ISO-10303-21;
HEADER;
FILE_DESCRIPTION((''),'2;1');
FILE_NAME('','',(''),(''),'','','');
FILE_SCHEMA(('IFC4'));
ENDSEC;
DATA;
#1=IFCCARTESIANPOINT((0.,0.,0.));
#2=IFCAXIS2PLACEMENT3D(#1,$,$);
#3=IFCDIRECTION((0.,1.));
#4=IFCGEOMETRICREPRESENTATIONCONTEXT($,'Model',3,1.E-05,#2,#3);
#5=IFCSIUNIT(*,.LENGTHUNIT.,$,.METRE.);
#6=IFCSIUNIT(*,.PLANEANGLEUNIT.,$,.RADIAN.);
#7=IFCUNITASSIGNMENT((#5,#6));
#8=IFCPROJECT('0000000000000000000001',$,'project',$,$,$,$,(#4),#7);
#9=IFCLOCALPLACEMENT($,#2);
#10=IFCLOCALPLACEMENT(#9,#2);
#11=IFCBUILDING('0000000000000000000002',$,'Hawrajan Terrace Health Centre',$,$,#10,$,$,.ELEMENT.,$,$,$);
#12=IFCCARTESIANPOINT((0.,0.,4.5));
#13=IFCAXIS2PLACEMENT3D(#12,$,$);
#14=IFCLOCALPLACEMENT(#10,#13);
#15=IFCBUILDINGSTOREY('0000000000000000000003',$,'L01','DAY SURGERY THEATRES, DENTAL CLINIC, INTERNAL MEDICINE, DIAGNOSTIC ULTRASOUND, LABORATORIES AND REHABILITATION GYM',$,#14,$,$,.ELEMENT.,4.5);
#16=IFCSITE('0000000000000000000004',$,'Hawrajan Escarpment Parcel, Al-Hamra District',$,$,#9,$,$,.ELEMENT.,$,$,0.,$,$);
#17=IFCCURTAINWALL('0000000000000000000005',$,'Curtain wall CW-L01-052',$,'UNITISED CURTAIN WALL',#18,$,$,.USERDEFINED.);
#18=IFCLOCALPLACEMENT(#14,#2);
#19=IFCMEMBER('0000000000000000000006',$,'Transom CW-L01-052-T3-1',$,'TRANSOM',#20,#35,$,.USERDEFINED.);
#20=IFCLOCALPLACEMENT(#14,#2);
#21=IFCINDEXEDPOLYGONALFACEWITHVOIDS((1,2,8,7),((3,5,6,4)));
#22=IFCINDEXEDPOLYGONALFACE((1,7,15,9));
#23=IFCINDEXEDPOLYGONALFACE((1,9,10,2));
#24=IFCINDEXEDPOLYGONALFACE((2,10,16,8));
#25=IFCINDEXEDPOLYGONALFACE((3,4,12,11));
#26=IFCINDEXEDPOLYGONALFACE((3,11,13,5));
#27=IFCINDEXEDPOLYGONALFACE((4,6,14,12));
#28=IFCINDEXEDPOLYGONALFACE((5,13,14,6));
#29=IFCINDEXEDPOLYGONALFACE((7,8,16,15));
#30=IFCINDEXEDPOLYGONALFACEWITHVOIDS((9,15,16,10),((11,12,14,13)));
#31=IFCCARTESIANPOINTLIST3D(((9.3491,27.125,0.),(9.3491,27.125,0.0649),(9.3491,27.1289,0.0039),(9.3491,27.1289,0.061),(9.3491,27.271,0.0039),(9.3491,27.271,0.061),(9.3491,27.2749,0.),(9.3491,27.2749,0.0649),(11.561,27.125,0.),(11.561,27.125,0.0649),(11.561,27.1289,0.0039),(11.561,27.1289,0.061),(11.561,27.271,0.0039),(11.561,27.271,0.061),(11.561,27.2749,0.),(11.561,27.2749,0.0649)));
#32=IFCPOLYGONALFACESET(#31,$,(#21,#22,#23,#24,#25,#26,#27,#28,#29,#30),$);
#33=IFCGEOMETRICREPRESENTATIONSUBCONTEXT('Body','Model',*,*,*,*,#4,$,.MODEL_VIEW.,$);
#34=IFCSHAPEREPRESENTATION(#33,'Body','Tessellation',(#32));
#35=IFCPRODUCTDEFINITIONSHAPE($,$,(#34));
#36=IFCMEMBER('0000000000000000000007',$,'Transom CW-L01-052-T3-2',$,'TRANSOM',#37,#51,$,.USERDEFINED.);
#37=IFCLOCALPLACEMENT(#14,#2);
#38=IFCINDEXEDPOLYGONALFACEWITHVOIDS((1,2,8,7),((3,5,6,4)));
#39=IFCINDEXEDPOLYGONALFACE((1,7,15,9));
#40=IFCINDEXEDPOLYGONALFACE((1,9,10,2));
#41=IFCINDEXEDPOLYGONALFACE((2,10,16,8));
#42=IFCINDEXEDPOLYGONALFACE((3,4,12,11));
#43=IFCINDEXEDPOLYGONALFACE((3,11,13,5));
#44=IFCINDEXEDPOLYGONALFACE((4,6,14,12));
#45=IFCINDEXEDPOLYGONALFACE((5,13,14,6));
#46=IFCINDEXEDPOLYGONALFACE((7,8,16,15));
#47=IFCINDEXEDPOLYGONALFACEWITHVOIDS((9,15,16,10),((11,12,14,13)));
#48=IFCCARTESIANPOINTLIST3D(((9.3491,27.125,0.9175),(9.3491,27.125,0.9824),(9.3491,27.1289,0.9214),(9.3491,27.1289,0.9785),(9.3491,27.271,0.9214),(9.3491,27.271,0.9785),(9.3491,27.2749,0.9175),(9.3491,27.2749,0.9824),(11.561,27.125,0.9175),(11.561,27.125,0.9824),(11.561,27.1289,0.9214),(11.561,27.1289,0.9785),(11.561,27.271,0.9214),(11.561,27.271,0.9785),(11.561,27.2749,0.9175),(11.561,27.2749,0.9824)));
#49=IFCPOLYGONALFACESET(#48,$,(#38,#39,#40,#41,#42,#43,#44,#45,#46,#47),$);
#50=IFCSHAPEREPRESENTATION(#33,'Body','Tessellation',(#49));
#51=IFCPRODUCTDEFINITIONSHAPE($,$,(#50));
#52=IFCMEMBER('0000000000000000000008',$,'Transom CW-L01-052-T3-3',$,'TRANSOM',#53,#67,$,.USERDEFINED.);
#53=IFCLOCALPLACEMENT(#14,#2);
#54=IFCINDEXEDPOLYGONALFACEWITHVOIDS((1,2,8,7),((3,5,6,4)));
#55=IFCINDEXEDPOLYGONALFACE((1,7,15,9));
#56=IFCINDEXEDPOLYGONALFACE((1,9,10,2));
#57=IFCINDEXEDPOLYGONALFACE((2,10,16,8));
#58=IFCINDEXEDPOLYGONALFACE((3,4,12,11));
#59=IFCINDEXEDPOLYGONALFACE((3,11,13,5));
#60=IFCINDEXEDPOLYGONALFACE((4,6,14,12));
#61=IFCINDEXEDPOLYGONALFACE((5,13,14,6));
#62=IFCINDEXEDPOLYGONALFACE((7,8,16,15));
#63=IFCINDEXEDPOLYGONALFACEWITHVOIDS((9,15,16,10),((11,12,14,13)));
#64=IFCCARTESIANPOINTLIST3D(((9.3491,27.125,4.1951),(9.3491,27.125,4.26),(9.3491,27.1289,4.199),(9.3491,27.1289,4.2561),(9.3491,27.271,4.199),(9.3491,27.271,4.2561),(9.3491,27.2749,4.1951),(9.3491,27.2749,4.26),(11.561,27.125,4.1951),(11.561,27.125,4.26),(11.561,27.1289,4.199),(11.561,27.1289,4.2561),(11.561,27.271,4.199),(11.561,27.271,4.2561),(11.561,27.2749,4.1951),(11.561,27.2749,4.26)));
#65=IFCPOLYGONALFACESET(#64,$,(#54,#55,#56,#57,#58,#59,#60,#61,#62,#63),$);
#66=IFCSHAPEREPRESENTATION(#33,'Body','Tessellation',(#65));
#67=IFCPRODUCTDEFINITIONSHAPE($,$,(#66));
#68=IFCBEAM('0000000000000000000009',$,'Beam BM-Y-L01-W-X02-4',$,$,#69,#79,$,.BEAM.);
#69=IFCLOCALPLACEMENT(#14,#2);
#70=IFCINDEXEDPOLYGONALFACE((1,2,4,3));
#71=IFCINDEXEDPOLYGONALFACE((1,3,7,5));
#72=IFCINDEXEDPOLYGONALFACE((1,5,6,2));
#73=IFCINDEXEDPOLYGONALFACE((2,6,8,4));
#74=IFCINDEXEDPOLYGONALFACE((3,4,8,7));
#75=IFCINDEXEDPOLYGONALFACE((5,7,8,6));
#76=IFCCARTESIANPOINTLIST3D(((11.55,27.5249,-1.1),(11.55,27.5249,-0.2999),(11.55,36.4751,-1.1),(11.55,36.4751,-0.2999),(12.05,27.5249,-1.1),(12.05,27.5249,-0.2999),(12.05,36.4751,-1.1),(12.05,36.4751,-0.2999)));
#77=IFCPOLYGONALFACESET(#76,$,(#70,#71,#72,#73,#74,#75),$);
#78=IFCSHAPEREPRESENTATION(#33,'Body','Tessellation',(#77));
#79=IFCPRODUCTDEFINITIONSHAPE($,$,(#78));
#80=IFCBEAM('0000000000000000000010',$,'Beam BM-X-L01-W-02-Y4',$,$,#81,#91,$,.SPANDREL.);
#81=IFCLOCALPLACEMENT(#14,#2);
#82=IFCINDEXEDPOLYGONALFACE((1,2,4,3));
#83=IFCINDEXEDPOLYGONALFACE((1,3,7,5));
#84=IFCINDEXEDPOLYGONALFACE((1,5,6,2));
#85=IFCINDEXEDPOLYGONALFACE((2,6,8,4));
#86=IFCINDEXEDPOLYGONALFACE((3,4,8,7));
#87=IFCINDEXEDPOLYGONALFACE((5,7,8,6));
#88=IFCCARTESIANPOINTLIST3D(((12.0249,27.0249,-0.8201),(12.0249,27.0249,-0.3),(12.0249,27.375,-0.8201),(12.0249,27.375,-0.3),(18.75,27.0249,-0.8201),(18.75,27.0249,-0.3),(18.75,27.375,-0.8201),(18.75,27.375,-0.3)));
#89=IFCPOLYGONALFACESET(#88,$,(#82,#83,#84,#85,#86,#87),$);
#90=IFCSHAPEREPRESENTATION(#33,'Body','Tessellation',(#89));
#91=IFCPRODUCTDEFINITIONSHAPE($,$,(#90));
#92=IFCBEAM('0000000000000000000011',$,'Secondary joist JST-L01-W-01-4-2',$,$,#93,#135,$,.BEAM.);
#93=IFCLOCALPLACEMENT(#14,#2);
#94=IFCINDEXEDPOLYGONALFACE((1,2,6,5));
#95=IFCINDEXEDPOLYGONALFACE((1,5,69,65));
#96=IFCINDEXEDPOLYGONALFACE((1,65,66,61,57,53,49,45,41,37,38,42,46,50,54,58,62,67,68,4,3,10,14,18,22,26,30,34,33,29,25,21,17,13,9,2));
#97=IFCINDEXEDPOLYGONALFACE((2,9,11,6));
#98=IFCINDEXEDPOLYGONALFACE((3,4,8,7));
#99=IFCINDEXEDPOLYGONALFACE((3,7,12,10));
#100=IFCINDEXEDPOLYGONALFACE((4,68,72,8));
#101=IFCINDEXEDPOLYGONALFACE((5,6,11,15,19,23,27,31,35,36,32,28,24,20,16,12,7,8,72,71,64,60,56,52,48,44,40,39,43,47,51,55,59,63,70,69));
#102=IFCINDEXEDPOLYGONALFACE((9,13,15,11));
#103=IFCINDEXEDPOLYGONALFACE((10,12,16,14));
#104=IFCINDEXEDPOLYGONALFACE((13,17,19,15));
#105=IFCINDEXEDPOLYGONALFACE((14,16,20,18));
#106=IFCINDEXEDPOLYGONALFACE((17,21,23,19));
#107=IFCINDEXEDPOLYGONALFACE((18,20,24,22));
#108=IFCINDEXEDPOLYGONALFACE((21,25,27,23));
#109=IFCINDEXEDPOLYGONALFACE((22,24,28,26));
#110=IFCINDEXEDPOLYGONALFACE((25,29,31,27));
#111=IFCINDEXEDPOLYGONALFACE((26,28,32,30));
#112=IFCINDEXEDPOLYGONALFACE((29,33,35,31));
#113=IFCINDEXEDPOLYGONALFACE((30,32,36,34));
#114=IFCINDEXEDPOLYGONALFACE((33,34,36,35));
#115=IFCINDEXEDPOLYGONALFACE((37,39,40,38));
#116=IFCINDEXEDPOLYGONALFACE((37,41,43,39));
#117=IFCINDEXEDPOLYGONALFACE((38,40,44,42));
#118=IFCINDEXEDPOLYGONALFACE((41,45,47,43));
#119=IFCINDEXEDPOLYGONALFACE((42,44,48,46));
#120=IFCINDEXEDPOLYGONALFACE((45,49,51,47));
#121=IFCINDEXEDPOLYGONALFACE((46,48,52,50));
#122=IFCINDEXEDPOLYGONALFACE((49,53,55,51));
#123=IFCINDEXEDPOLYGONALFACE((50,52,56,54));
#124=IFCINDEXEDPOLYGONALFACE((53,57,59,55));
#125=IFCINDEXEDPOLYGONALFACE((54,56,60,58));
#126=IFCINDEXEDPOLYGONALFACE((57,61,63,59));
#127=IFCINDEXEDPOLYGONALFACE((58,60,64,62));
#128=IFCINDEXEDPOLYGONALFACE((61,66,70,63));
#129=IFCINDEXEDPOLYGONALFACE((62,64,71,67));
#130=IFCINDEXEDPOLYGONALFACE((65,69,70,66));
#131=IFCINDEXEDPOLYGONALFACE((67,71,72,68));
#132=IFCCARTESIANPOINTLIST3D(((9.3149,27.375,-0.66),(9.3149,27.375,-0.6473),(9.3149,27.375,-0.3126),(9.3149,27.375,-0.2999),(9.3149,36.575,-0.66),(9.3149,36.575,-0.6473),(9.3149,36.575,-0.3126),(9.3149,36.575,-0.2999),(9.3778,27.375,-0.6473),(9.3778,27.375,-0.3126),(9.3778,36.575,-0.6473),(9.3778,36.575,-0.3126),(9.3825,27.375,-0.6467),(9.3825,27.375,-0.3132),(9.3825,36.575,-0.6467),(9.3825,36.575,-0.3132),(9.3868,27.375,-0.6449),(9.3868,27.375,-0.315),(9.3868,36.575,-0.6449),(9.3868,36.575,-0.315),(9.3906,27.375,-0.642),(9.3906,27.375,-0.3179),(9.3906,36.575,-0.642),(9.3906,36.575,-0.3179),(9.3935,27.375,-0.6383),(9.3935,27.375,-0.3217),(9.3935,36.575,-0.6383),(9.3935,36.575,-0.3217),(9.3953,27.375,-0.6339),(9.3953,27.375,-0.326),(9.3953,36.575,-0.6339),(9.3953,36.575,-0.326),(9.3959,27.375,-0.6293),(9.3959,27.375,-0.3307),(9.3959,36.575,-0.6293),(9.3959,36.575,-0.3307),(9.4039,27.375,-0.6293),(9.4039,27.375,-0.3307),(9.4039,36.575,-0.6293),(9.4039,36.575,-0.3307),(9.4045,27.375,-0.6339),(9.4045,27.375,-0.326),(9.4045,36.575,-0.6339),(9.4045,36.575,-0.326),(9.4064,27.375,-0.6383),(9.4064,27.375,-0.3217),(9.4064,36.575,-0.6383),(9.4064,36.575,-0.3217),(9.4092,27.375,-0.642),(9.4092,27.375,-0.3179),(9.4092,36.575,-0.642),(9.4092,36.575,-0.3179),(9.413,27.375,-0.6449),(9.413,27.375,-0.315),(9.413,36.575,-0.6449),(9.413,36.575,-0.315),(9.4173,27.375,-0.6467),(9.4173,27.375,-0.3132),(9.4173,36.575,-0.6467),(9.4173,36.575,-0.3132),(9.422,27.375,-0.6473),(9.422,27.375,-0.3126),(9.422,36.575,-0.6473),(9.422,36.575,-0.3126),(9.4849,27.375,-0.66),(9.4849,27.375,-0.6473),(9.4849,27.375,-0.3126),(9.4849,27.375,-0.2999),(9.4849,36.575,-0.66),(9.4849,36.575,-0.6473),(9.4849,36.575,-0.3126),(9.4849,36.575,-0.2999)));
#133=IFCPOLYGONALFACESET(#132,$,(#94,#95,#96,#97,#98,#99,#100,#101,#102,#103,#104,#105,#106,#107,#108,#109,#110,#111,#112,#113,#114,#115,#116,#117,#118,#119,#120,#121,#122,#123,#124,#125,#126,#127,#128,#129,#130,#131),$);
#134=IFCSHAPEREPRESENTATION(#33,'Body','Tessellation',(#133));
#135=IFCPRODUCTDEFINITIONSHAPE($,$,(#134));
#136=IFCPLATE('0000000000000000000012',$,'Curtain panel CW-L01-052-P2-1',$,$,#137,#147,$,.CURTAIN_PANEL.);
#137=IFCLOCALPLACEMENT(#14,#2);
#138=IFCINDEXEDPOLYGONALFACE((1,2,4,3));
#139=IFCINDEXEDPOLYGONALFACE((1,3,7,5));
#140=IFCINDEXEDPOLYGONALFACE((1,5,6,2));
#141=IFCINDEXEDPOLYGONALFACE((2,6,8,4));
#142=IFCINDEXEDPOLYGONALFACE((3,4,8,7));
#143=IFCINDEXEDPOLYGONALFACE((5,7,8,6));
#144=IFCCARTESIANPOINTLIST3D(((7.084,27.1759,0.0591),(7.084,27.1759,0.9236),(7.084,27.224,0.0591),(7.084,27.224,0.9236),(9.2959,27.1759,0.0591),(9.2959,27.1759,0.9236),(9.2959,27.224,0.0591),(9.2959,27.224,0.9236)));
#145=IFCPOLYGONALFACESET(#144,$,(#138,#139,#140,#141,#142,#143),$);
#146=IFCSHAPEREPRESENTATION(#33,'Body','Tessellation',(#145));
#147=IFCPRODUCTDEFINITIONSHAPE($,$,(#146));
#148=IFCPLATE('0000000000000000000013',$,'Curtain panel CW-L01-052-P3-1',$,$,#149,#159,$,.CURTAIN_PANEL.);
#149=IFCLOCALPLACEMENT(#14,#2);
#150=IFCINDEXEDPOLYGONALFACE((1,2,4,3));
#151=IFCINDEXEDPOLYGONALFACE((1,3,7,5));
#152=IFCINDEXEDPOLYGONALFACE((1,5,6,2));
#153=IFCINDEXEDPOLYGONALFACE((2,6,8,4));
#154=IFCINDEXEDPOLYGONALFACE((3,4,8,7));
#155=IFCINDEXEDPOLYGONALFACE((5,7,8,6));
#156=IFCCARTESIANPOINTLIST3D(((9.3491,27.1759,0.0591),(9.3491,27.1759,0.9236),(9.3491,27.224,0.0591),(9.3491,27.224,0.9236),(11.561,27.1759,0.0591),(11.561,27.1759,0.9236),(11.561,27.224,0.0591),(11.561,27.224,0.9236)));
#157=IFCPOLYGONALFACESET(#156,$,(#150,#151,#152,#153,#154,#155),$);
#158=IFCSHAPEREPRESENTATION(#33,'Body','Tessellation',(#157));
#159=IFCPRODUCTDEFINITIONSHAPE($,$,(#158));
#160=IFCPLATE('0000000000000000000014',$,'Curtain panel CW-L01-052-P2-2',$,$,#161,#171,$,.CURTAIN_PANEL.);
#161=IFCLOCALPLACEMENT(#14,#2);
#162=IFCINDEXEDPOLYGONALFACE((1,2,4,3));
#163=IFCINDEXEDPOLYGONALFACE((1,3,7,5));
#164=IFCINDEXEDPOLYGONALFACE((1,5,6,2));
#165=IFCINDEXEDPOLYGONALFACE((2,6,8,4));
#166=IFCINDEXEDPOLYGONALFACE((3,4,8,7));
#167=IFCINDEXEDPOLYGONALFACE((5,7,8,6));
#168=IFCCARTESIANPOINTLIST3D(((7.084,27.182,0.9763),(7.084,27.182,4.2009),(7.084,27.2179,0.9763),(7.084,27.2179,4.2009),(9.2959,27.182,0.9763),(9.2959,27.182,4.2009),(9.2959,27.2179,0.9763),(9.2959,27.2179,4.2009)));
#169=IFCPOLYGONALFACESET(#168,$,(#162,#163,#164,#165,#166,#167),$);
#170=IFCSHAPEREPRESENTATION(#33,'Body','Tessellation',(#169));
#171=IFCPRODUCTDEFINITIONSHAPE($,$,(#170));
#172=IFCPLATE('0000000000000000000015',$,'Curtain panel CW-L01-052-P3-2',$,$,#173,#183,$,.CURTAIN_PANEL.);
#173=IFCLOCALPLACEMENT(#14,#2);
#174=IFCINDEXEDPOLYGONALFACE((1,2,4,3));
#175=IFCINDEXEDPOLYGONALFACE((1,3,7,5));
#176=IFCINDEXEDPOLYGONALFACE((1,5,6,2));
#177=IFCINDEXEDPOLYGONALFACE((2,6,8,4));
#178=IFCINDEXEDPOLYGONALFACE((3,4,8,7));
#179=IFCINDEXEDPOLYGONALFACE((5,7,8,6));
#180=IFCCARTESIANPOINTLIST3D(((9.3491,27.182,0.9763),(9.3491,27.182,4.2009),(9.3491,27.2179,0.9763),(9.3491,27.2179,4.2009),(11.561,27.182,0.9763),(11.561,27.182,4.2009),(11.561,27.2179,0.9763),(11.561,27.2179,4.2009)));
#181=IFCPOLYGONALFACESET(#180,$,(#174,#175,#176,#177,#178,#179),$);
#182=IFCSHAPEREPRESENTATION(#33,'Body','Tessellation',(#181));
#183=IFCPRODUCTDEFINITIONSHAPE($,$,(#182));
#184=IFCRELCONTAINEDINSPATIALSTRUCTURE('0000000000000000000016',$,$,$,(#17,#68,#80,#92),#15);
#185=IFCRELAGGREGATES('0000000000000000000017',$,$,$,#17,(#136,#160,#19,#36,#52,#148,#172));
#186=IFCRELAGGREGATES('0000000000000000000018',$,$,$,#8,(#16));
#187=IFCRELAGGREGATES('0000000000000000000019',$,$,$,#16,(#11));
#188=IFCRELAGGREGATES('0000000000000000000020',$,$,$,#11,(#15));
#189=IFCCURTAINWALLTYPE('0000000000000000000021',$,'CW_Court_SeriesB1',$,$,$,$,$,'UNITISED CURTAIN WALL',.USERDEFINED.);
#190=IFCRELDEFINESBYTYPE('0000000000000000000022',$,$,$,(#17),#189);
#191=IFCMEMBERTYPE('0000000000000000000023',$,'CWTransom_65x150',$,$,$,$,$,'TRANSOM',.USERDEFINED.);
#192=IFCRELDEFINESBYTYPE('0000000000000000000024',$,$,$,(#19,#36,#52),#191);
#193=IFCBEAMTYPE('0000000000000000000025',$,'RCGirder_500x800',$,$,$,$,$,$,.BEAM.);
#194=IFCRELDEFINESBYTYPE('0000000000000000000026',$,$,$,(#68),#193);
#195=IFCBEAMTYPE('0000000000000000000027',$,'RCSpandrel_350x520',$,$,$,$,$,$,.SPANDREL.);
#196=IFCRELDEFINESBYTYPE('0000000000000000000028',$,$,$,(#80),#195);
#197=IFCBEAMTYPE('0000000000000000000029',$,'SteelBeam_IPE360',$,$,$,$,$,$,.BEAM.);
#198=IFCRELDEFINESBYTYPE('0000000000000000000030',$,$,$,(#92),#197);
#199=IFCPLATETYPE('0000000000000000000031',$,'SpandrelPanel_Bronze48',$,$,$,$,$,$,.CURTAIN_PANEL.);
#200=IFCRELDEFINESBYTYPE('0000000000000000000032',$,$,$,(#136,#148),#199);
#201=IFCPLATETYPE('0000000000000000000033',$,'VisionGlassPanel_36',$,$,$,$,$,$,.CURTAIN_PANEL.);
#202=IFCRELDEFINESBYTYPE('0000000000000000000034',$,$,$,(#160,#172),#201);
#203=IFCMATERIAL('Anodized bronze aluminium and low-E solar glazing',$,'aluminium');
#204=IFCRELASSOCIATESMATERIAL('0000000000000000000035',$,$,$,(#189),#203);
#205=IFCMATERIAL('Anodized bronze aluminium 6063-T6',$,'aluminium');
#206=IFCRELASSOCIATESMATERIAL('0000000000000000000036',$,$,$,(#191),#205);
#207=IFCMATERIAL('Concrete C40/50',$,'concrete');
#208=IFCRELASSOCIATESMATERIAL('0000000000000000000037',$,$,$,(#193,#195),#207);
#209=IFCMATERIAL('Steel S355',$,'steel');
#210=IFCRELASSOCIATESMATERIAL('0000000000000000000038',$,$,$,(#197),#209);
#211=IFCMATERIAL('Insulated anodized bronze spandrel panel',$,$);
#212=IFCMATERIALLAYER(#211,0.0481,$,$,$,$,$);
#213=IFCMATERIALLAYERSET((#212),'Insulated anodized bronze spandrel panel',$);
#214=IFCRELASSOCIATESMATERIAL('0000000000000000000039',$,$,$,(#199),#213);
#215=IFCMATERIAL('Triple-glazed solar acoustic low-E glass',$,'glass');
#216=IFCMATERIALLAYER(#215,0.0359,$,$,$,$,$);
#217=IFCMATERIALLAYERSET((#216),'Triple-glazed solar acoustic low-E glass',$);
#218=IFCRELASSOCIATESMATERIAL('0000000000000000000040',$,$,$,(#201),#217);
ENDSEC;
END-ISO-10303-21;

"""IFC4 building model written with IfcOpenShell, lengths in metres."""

from ifc_helpers import new_model, si_unit, direction, frame, origin, origin_2d, place, context, subcontext, project, spatial, rectangle, hollow_rectangle, i_section, extrude, material, layer, layer_set, material_profile, profile_set, type_object, element, aggregate, save


model = new_model("IFC4")

# Units and contexts
model_context = context("Model", 3, precision=1e-05, world=origin(), true_north=direction((0.0, 1.0)))
body_context = subcontext(model_context, "Body", "Model", "MODEL_VIEW")
ifc_project = project(units=[si_unit("LENGTHUNIT", "METRE"), si_unit("PLANEANGLEUNIT", "RADIAN")], contexts=[model_context])

# Site, building, storey
site_placement = place(None, origin())
site = spatial("IfcSite", under=ifc_project, at=site_placement, Name="Hawrajan Escarpment Parcel, Al-Hamra District", CompositionType="ELEMENT", RefElevation=0.0)
building_placement = place(site_placement, origin())
building = spatial("IfcBuilding", under=site, at=building_placement, Name="Hawrajan Terrace Health Centre", CompositionType="ELEMENT")
storey_placement = place(building_placement, frame((0.0, 0.0, 4.5)))
storey = spatial("IfcBuildingStorey", under=building, at=storey_placement, Name="L01", Description="DAY SURGERY THEATRES, DENTAL CLINIC, INTERNAL MEDICINE, DIAGNOSTIC ULTRASOUND, LABORATORIES AND REHABILITATION GYM", CompositionType="ELEMENT", Elevation=4.5)

# Shared definitions
ifc_material_1 = material(Name="Anodized bronze aluminium and low-E solar glazing", Category="aluminium")
ifc_material_2 = material(Name="Anodized bronze aluminium 6063-T6", Category="aluminium")

# Curtain wall
curtain_wall_type_1 = type_object("IfcCurtainWallType", Name="CW_Court_SeriesB1", ElementType="UNITISED CURTAIN WALL", PredefinedType="USERDEFINED", material=ifc_material_1)
curtain_wall_1_placement = place(storey_placement, origin())
curtain_wall_1 = element("IfcCurtainWall", 1, at=curtain_wall_1_placement, inside=storey, type_object=curtain_wall_type_1, Name="Curtain wall CW-L01-052", ObjectType="UNITISED CURTAIN WALL", PredefinedType="USERDEFINED")

# Members
ifc_material_profile_1 = material_profile(ifc_material_2, hollow_rectangle(XDim=0.0649, YDim=0.1499, WallThickness=0.0039, at=origin_2d()), Name="CW TRN 65x150")
ifc_profile_set_1 = profile_set([ifc_material_profile_1], Name="Anodized bronze aluminium 6063-T6")
member_type_1 = type_object("IfcMemberType", Name="CWTransom_65x150", ElementType="TRANSOM", PredefinedType="USERDEFINED", material=ifc_profile_set_1)
member_1_placement = place(storey_placement, frame((9.3491, 27.2, 0.0325), z_axis=(1.0, 0.0, 0.0), x_axis=(0.0, 0.0, 1.0)))
member_1 = element("IfcMember", 2, at=member_1_placement, type_object=member_type_1, Name="Transom CW-L01-052-T3-1", ObjectType="TRANSOM", PredefinedType="USERDEFINED", context=body_context, shape_type="SweptSolid", body=[
    extrude(hollow_rectangle(XDim=0.0649, YDim=0.1499, WallThickness=0.0039, at=origin_2d()), origin(), (0.0, 0.0, 1.0), 2.2119),
])
member_2_placement = place(storey_placement, frame((9.3491, 27.2, 0.95), z_axis=(1.0, 0.0, 0.0), x_axis=(0.0, 0.0, 1.0)))
member_2 = element("IfcMember", 3, at=member_2_placement, type_object=member_type_1, Name="Transom CW-L01-052-T3-2", ObjectType="TRANSOM", PredefinedType="USERDEFINED", context=body_context, shape_type="SweptSolid", body=[
    extrude(hollow_rectangle(XDim=0.0649, YDim=0.1499, WallThickness=0.0039, at=origin_2d()), origin(), (0.0, 0.0, 1.0), 2.2119),
])
member_3_placement = place(storey_placement, frame((9.3491, 27.2, 4.2275), z_axis=(1.0, 0.0, 0.0), x_axis=(0.0, 0.0, 1.0)))
member_3 = element("IfcMember", 4, at=member_3_placement, type_object=member_type_1, Name="Transom CW-L01-052-T3-3", ObjectType="TRANSOM", PredefinedType="USERDEFINED", context=body_context, shape_type="SweptSolid", body=[
    extrude(hollow_rectangle(XDim=0.0649, YDim=0.1499, WallThickness=0.0039, at=origin_2d()), origin(), (0.0, 0.0, 1.0), 2.2119),
])

# Beams
ifc_material_3 = material(Name="Concrete C40/50", Category="concrete")
ifc_material_profile_2 = material_profile(ifc_material_3, rectangle(XDim=0.5, YDim=0.8, at=origin_2d()), Name="RC BM 500x800")
ifc_profile_set_2 = profile_set([ifc_material_profile_2], Name="Concrete C40/50")
beam_type_1 = type_object("IfcBeamType", Name="RCGirder_500x800", PredefinedType="BEAM", material=ifc_profile_set_2)
beam_1_placement = place(storey_placement, frame((11.8, 27.5249, -0.7), z_axis=(0.0, 1.0, 0.0), x_axis=(-1.0, 0.0, 0.0)))
element("IfcBeam", 5, at=beam_1_placement, inside=storey, type_object=beam_type_1, Name="Beam BM-Y-L01-W-X02-4", PredefinedType="BEAM", context=body_context, shape_type="SweptSolid", body=[
    extrude(rectangle(XDim=0.5, YDim=0.8, at=origin_2d()), origin(), (0.0, 0.0, 1.0), 8.9502),
])
ifc_material_profile_3 = material_profile(ifc_material_3, rectangle(XDim=0.3501, YDim=0.52, at=origin_2d()), Name="RC SP 350x520")
ifc_profile_set_3 = profile_set([ifc_material_profile_3], Name="Concrete C40/50")
beam_type_2 = type_object("IfcBeamType", Name="RCSpandrel_350x520", PredefinedType="SPANDREL", material=ifc_profile_set_3)
beam_2_placement = place(storey_placement, frame((12.0249, 27.2, -0.5601), z_axis=(1.0, 0.0, 0.0), x_axis=(0.0, 1.0, 0.0)))
element("IfcBeam", 6, at=beam_2_placement, inside=storey, type_object=beam_type_2, Name="Beam BM-X-L01-W-02-Y4", PredefinedType="SPANDREL", context=body_context, shape_type="SweptSolid", body=[
    extrude(rectangle(XDim=0.3501, YDim=0.52, at=origin_2d()), origin(), (0.0, 0.0, 1.0), 6.7251),
])
ifc_material_4 = material(Name="Steel S355", Category="steel")
ifc_material_profile_4 = material_profile(ifc_material_4, i_section(OverallWidth=0.1699, OverallDepth=0.3601, WebThickness=0.0081, FlangeThickness=0.0127, FilletRadius=0.0181, at=origin_2d()), Name="IPE 360")
ifc_profile_set_4 = profile_set([ifc_material_profile_4], Name="Steel S355")
beam_type_3 = type_object("IfcBeamType", Name="SteelBeam_IPE360", PredefinedType="BEAM", material=ifc_profile_set_4)
beam_3_placement = place(storey_placement, frame((9.3999, 27.375, -0.48), z_axis=(0.0, 1.0, 0.0), x_axis=(-1.0, 0.0, 0.0)))
element("IfcBeam", 7, at=beam_3_placement, inside=storey, type_object=beam_type_3, Name="Secondary joist JST-L01-W-01-4-2", PredefinedType="BEAM", context=body_context, shape_type="SweptSolid", body=[
    extrude(i_section(OverallWidth=0.1699, OverallDepth=0.3601, WebThickness=0.0081, FlangeThickness=0.0127, FilletRadius=0.0181, at=origin_2d()), origin(), (0.0, 0.0, 1.0), 9.2),
])

# Plates
ifc_material_5 = material(Name="Insulated anodized bronze spandrel panel")
ifc_layer_1 = layer(ifc_material_5, 0.0481)
ifc_layer_set_1 = layer_set([ifc_layer_1], Name="Insulated anodized bronze spandrel panel")
plate_type_1 = type_object("IfcPlateType", Name="SpandrelPanel_Bronze48", PredefinedType="CURTAIN_PANEL", material=ifc_layer_set_1)
plate_1_placement = place(storey_placement, frame((8.1899, 27.2, 0.0591), z_axis=(0.0, 0.0, 1.0), x_axis=(1.0, 0.0, 0.0)))
plate_1 = element("IfcPlate", 8, at=plate_1_placement, type_object=plate_type_1, Name="Curtain panel CW-L01-052-P2-1", PredefinedType="CURTAIN_PANEL", context=body_context, shape_type="SweptSolid", body=[
    extrude(rectangle(XDim=2.2119, YDim=0.0481, at=origin_2d()), origin(), (0.0, 0.0, 1.0), 0.8645),
])
plate_2_placement = place(storey_placement, frame((10.4551, 27.2, 0.0591), z_axis=(0.0, 0.0, 1.0), x_axis=(1.0, 0.0, 0.0)))
plate_2 = element("IfcPlate", 9, at=plate_2_placement, type_object=plate_type_1, Name="Curtain panel CW-L01-052-P3-1", PredefinedType="CURTAIN_PANEL", context=body_context, shape_type="SweptSolid", body=[
    extrude(rectangle(XDim=2.2119, YDim=0.0481, at=origin_2d()), origin(), (0.0, 0.0, 1.0), 0.8645),
])
ifc_material_6 = material(Name="Triple-glazed solar acoustic low-E glass", Category="glass")
ifc_layer_2 = layer(ifc_material_6, 0.0359)
ifc_layer_set_2 = layer_set([ifc_layer_2], Name="Triple-glazed solar acoustic low-E glass")
plate_type_2 = type_object("IfcPlateType", Name="VisionGlassPanel_36", PredefinedType="CURTAIN_PANEL", material=ifc_layer_set_2)
plate_3_placement = place(storey_placement, frame((8.1899, 27.2, 0.9763), z_axis=(0.0, 0.0, 1.0), x_axis=(1.0, 0.0, 0.0)))
plate_3 = element("IfcPlate", 10, at=plate_3_placement, type_object=plate_type_2, Name="Curtain panel CW-L01-052-P2-2", PredefinedType="CURTAIN_PANEL", context=body_context, shape_type="SweptSolid", body=[
    extrude(rectangle(XDim=2.2119, YDim=0.0359, at=origin_2d()), origin(), (0.0, 0.0, 1.0), 3.2246),
])
plate_4_placement = place(storey_placement, frame((10.4551, 27.2, 0.9763), z_axis=(0.0, 0.0, 1.0), x_axis=(1.0, 0.0, 0.0)))
plate_4 = element("IfcPlate", 11, at=plate_4_placement, type_object=plate_type_2, Name="Curtain panel CW-L01-052-P3-2", PredefinedType="CURTAIN_PANEL", context=body_context, shape_type="SweptSolid", body=[
    extrude(rectangle(XDim=2.2119, YDim=0.0359, at=origin_2d()), origin(), (0.0, 0.0, 1.0), 3.2246),
])
aggregate(curtain_wall_1, [plate_1, plate_3, member_1, member_2, member_3, plate_2, plate_4])

save(model, "model.ifc")
